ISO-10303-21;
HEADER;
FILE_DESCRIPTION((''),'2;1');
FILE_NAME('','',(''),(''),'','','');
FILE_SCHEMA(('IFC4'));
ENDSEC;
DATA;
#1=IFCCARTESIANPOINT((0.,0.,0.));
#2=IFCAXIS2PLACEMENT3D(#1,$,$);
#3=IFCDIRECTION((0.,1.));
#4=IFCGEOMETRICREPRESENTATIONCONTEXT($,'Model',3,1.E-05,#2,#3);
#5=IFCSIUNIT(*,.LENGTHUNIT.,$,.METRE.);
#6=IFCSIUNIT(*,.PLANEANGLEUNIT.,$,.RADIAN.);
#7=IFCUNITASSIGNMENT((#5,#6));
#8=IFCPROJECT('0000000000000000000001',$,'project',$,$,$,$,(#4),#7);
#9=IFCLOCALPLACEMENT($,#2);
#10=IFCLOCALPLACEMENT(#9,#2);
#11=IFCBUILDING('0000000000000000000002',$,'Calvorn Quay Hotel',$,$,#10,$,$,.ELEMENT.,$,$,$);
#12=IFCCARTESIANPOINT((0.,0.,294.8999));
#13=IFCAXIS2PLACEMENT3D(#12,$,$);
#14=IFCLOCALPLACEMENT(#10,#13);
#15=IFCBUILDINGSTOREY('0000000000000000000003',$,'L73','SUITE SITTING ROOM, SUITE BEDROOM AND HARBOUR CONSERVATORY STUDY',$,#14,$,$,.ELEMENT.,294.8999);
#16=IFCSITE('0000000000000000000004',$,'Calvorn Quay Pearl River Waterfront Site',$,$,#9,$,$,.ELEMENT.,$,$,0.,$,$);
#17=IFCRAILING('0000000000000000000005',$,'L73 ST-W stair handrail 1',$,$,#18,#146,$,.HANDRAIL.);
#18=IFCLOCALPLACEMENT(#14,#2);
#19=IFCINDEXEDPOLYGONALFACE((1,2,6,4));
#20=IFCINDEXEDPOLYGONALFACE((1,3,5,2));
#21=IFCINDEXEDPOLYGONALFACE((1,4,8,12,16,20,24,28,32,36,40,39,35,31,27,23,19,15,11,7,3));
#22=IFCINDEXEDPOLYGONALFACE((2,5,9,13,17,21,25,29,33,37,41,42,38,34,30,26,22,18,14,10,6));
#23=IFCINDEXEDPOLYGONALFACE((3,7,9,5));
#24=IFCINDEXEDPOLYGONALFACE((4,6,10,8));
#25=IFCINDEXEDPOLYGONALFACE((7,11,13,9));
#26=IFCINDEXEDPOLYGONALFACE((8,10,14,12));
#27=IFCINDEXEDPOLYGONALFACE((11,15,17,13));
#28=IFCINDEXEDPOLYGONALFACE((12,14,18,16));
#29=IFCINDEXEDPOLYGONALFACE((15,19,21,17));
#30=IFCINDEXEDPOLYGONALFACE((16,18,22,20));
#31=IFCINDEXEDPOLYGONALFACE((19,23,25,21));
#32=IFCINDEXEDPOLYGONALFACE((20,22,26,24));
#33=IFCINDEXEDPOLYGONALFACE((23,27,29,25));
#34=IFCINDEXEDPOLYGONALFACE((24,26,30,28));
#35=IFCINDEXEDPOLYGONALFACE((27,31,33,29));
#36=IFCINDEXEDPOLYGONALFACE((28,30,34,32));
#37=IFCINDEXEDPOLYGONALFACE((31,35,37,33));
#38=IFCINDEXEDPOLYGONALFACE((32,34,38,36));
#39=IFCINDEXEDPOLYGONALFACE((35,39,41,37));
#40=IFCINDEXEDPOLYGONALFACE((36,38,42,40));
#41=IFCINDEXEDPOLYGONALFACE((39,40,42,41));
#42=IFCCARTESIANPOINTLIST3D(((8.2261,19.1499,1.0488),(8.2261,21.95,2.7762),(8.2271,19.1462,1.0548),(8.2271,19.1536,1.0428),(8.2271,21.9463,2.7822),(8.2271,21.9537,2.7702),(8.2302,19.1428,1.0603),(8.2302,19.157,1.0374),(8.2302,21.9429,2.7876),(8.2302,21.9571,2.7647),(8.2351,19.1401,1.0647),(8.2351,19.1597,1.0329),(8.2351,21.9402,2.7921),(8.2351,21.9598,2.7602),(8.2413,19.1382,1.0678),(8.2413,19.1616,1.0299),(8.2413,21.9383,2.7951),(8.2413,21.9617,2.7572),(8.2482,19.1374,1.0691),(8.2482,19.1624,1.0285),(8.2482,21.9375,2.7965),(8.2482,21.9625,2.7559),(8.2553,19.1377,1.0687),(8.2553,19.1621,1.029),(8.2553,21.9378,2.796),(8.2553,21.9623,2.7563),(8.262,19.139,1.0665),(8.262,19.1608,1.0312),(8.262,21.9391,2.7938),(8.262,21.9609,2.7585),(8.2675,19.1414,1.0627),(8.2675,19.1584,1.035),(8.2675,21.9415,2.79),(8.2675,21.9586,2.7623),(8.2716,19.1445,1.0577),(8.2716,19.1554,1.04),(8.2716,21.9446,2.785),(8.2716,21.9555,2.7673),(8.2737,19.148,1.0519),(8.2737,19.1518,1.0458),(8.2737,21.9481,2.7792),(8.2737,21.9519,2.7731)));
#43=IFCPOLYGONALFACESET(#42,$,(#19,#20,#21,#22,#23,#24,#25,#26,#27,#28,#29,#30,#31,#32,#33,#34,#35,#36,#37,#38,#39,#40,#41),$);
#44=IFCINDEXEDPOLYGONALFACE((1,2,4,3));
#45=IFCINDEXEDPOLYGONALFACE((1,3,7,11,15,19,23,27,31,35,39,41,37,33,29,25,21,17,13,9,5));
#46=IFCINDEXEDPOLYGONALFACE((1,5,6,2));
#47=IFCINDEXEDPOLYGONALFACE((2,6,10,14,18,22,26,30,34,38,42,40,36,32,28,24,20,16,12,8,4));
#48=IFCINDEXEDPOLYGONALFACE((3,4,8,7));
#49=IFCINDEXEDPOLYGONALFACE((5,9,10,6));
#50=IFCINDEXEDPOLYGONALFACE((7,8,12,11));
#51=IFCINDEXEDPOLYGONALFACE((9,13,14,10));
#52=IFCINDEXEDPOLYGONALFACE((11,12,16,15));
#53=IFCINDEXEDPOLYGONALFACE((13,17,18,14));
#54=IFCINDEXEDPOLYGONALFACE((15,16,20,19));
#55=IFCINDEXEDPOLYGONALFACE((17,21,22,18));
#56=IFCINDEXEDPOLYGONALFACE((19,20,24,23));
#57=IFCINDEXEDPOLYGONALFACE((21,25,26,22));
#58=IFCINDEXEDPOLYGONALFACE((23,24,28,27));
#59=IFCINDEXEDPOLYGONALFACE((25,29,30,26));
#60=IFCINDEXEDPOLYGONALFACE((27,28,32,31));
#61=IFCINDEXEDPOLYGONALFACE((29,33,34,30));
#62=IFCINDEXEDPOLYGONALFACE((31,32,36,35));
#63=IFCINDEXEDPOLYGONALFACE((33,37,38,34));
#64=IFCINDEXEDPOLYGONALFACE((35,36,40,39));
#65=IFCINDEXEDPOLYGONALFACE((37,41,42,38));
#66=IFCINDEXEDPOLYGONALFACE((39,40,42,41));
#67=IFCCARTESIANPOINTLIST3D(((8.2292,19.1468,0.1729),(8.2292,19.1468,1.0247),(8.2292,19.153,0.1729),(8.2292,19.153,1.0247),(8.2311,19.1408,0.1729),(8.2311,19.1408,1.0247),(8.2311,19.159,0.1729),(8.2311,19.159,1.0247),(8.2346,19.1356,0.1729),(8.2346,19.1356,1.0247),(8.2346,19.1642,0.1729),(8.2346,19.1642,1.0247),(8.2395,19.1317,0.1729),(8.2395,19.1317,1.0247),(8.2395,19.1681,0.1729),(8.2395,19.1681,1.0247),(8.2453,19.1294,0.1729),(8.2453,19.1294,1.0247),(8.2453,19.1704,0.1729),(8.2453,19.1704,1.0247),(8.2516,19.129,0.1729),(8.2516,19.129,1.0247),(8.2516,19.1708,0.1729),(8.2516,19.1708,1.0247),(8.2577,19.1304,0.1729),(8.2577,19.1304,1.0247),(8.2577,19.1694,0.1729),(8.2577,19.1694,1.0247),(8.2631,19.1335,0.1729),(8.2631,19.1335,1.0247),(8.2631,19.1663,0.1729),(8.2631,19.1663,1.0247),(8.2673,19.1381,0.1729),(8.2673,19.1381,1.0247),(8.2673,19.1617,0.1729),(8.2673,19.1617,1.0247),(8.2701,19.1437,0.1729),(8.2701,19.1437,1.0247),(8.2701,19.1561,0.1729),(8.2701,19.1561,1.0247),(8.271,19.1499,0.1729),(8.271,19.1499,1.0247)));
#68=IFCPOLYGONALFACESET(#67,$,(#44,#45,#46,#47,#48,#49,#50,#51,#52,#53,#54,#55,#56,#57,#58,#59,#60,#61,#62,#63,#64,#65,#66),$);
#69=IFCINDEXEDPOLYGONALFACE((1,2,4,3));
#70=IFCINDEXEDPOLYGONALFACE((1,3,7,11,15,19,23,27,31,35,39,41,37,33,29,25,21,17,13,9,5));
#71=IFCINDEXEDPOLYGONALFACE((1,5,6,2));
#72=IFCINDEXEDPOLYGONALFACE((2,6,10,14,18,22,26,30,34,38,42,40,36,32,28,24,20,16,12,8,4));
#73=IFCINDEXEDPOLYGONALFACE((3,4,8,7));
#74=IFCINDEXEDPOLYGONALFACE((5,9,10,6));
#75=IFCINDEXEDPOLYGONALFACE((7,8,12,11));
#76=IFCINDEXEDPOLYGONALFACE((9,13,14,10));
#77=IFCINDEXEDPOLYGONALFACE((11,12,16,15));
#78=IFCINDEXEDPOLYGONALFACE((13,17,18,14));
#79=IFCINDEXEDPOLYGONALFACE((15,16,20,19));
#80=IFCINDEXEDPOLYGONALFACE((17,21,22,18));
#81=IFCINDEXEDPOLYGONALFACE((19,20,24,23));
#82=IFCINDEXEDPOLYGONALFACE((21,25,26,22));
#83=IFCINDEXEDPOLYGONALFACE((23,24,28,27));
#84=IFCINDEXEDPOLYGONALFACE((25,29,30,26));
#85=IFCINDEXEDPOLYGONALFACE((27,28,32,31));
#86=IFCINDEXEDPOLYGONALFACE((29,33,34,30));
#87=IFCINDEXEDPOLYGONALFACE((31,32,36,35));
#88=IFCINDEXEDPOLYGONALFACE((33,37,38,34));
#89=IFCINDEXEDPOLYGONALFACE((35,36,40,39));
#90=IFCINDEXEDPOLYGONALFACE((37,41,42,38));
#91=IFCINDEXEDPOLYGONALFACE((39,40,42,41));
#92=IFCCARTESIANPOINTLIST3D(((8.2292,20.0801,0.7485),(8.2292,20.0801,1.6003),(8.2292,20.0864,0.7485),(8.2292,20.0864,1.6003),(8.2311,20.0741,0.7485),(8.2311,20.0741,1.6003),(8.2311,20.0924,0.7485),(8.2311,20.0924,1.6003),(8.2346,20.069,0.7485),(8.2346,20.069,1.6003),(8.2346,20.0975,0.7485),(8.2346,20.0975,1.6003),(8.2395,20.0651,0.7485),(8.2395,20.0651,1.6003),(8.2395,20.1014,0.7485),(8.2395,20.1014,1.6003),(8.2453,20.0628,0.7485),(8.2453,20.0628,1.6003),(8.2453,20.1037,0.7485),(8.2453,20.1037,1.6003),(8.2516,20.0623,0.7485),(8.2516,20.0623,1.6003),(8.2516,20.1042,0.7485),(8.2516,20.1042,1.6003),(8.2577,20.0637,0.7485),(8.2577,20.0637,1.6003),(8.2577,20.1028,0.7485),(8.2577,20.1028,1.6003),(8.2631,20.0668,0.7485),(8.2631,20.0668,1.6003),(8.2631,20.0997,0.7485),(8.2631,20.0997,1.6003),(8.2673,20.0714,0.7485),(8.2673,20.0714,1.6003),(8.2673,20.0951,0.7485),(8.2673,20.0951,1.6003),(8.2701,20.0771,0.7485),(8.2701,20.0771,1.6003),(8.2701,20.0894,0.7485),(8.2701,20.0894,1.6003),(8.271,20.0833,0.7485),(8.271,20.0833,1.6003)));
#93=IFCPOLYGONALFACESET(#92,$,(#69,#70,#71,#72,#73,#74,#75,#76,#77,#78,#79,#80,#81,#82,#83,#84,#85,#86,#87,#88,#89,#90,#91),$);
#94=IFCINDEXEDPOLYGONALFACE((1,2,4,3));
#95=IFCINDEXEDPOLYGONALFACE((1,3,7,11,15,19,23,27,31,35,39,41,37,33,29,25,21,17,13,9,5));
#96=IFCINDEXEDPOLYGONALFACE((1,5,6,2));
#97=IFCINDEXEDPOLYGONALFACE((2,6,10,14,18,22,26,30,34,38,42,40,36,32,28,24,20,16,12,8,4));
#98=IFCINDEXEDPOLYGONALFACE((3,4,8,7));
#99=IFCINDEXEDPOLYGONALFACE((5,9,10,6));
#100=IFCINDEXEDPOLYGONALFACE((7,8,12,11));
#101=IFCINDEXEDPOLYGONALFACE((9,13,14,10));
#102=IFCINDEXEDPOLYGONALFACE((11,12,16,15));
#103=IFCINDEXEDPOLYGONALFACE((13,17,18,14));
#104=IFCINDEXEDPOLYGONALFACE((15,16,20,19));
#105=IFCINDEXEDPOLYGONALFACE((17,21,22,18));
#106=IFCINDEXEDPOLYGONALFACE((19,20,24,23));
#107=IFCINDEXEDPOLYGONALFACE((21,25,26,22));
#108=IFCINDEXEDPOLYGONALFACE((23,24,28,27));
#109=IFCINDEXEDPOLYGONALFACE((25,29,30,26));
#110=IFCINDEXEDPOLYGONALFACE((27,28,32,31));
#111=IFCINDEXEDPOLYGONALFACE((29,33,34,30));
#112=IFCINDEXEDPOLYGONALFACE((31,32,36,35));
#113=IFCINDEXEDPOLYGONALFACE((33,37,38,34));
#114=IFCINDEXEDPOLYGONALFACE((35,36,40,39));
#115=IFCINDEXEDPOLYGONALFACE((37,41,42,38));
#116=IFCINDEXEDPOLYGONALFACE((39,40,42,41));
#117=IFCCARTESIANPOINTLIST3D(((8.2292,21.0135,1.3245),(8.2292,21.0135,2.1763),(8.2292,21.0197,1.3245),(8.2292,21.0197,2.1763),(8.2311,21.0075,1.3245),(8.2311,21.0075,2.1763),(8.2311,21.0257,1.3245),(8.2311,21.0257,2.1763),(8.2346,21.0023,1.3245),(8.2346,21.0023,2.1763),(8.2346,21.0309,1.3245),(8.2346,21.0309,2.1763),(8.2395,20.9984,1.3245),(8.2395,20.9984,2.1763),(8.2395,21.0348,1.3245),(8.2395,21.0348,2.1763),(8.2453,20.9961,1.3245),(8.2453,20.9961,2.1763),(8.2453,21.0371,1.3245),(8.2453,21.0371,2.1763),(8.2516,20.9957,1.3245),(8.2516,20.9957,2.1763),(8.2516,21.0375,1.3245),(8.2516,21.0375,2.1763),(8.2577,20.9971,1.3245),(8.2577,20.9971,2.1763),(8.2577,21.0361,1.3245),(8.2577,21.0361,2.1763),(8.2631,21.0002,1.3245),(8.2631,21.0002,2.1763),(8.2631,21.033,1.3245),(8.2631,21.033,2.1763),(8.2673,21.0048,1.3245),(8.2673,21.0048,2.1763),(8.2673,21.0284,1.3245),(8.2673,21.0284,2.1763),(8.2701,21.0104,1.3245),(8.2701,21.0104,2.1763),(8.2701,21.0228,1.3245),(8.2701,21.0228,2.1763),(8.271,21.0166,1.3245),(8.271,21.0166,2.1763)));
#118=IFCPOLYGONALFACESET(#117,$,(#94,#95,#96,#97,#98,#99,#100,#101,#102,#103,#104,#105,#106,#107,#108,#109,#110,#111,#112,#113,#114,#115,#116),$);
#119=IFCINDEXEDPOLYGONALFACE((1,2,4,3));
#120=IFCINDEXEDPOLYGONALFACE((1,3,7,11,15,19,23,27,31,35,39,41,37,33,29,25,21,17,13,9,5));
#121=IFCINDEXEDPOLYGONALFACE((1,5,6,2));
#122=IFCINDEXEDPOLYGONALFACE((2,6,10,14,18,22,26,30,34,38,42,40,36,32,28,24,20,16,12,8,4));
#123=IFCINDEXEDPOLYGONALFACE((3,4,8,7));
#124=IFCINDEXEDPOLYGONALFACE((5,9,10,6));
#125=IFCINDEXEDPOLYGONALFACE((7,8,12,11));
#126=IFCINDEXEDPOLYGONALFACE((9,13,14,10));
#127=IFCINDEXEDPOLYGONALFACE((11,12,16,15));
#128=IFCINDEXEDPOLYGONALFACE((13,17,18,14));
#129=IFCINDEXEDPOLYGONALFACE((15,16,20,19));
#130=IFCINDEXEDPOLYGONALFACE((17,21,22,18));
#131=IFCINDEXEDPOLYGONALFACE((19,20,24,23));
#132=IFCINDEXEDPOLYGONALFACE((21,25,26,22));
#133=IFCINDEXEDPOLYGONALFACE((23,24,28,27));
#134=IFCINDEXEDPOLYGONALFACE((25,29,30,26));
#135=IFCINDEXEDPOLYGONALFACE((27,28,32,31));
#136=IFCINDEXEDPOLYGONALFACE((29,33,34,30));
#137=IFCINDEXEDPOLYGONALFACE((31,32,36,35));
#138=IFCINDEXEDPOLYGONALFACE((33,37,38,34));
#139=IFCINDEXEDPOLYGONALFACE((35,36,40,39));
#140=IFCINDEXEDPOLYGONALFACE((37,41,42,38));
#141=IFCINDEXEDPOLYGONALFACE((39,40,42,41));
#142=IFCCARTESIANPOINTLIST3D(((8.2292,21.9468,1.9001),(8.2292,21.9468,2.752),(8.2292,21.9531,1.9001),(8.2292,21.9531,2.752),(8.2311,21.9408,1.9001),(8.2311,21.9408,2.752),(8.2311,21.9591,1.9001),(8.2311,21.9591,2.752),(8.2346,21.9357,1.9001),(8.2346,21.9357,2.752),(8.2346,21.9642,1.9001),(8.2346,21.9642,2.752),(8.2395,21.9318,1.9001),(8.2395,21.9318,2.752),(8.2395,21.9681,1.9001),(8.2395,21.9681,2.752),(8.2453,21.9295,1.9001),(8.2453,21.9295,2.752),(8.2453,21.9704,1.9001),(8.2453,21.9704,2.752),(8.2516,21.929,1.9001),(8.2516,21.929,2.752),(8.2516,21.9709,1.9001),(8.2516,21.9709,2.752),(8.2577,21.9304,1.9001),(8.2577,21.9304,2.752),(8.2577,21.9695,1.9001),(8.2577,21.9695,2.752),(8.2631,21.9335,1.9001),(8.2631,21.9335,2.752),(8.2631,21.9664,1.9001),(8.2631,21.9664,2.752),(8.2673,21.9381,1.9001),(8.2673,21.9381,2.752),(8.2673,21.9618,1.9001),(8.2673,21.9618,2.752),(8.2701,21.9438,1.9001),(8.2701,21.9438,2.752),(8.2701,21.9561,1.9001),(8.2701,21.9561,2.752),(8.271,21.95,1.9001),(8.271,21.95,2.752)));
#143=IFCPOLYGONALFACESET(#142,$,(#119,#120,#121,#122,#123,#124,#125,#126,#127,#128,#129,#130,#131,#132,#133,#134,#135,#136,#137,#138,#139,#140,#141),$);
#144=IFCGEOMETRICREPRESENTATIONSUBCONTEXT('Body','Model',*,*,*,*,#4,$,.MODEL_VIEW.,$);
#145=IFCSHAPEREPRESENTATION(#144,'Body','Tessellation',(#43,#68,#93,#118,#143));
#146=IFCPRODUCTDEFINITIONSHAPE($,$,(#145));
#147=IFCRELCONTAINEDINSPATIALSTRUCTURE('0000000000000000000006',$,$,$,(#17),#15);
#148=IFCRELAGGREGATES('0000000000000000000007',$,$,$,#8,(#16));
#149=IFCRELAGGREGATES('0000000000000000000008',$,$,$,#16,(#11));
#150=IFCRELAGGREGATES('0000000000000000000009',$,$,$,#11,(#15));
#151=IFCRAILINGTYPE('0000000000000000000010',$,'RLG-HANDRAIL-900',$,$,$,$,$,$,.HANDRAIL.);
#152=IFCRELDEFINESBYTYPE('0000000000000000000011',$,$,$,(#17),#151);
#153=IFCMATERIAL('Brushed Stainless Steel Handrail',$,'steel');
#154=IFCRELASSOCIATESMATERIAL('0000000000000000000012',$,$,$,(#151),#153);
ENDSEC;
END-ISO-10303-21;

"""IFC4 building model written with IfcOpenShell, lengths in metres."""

from ifc_helpers import new_model, si_unit, direction, frame, origin, origin_2d, place, context, subcontext, project, spatial, circle, extrude, material, type_object, element, save


model = new_model("IFC4")

# Units and contexts
model_context = context("Model", 3, precision=1e-05, world=origin(), true_north=direction((0.0, 1.0)))
body_context = subcontext(model_context, "Body", "Model", "MODEL_VIEW")
ifc_project = project(units=[si_unit("LENGTHUNIT", "METRE"), si_unit("PLANEANGLEUNIT", "RADIAN")], contexts=[model_context])

# Site, building, storey
site_placement = place(None, origin())
site = spatial("IfcSite", under=ifc_project, at=site_placement, Name="Calvorn Quay Pearl River Waterfront Site", CompositionType="ELEMENT", RefElevation=0.0)
building_placement = place(site_placement, origin())
building = spatial("IfcBuilding", under=site, at=building_placement, Name="Calvorn Quay Hotel", CompositionType="ELEMENT")
storey_placement = place(building_placement, frame((0.0, 0.0, 294.8999)))
storey = spatial("IfcBuildingStorey", under=building, at=storey_placement, Name="L73", Description="SUITE SITTING ROOM, SUITE BEDROOM AND HARBOUR CONSERVATORY STUDY", CompositionType="ELEMENT", Elevation=294.8999)

# Railing
ifc_material_1 = material(Name="Brushed Stainless Steel Handrail", Category="steel")
railing_type_1 = type_object("IfcRailingType", Name="RLG-HANDRAIL-900", PredefinedType="HANDRAIL", material=ifc_material_1)
railing_1_placement = place(storey_placement, frame((8.25, 19.1499, 0.1729)))
element("IfcRailing", 1, at=railing_1_placement, inside=storey, type_object=railing_type_1, Name="L73 ST-W stair handrail 1", PredefinedType="HANDRAIL", context=body_context, shape_type="SweptSolid", body=[
    extrude(circle(Radius=0.0239, at=origin_2d()), frame((0.0, 0.0, 0.876), z_axis=(0.0, 0.85109, 0.52502), x_axis=(-1.0, 0.0, 0.0)), (0.0, 0.0, 1.0), 3.29),
    extrude(circle(Radius=0.021, at=origin_2d()), origin(), (0.0, 0.0, 1.0), 0.8518),
    extrude(circle(Radius=0.021, at=origin_2d()), frame((0.0, 0.9333, 0.5757)), (0.0, 0.0, 1.0), 0.8518),
    extrude(circle(Radius=0.021, at=origin_2d()), frame((0.0, 1.8667, 1.1516)), (0.0, 0.0, 1.0), 0.8518),
    extrude(circle(Radius=0.021, at=origin_2d()), frame((0.0, 2.8, 1.7273)), (0.0, 0.0, 1.0), 0.8518),
])

save(model, "model.ifc")
